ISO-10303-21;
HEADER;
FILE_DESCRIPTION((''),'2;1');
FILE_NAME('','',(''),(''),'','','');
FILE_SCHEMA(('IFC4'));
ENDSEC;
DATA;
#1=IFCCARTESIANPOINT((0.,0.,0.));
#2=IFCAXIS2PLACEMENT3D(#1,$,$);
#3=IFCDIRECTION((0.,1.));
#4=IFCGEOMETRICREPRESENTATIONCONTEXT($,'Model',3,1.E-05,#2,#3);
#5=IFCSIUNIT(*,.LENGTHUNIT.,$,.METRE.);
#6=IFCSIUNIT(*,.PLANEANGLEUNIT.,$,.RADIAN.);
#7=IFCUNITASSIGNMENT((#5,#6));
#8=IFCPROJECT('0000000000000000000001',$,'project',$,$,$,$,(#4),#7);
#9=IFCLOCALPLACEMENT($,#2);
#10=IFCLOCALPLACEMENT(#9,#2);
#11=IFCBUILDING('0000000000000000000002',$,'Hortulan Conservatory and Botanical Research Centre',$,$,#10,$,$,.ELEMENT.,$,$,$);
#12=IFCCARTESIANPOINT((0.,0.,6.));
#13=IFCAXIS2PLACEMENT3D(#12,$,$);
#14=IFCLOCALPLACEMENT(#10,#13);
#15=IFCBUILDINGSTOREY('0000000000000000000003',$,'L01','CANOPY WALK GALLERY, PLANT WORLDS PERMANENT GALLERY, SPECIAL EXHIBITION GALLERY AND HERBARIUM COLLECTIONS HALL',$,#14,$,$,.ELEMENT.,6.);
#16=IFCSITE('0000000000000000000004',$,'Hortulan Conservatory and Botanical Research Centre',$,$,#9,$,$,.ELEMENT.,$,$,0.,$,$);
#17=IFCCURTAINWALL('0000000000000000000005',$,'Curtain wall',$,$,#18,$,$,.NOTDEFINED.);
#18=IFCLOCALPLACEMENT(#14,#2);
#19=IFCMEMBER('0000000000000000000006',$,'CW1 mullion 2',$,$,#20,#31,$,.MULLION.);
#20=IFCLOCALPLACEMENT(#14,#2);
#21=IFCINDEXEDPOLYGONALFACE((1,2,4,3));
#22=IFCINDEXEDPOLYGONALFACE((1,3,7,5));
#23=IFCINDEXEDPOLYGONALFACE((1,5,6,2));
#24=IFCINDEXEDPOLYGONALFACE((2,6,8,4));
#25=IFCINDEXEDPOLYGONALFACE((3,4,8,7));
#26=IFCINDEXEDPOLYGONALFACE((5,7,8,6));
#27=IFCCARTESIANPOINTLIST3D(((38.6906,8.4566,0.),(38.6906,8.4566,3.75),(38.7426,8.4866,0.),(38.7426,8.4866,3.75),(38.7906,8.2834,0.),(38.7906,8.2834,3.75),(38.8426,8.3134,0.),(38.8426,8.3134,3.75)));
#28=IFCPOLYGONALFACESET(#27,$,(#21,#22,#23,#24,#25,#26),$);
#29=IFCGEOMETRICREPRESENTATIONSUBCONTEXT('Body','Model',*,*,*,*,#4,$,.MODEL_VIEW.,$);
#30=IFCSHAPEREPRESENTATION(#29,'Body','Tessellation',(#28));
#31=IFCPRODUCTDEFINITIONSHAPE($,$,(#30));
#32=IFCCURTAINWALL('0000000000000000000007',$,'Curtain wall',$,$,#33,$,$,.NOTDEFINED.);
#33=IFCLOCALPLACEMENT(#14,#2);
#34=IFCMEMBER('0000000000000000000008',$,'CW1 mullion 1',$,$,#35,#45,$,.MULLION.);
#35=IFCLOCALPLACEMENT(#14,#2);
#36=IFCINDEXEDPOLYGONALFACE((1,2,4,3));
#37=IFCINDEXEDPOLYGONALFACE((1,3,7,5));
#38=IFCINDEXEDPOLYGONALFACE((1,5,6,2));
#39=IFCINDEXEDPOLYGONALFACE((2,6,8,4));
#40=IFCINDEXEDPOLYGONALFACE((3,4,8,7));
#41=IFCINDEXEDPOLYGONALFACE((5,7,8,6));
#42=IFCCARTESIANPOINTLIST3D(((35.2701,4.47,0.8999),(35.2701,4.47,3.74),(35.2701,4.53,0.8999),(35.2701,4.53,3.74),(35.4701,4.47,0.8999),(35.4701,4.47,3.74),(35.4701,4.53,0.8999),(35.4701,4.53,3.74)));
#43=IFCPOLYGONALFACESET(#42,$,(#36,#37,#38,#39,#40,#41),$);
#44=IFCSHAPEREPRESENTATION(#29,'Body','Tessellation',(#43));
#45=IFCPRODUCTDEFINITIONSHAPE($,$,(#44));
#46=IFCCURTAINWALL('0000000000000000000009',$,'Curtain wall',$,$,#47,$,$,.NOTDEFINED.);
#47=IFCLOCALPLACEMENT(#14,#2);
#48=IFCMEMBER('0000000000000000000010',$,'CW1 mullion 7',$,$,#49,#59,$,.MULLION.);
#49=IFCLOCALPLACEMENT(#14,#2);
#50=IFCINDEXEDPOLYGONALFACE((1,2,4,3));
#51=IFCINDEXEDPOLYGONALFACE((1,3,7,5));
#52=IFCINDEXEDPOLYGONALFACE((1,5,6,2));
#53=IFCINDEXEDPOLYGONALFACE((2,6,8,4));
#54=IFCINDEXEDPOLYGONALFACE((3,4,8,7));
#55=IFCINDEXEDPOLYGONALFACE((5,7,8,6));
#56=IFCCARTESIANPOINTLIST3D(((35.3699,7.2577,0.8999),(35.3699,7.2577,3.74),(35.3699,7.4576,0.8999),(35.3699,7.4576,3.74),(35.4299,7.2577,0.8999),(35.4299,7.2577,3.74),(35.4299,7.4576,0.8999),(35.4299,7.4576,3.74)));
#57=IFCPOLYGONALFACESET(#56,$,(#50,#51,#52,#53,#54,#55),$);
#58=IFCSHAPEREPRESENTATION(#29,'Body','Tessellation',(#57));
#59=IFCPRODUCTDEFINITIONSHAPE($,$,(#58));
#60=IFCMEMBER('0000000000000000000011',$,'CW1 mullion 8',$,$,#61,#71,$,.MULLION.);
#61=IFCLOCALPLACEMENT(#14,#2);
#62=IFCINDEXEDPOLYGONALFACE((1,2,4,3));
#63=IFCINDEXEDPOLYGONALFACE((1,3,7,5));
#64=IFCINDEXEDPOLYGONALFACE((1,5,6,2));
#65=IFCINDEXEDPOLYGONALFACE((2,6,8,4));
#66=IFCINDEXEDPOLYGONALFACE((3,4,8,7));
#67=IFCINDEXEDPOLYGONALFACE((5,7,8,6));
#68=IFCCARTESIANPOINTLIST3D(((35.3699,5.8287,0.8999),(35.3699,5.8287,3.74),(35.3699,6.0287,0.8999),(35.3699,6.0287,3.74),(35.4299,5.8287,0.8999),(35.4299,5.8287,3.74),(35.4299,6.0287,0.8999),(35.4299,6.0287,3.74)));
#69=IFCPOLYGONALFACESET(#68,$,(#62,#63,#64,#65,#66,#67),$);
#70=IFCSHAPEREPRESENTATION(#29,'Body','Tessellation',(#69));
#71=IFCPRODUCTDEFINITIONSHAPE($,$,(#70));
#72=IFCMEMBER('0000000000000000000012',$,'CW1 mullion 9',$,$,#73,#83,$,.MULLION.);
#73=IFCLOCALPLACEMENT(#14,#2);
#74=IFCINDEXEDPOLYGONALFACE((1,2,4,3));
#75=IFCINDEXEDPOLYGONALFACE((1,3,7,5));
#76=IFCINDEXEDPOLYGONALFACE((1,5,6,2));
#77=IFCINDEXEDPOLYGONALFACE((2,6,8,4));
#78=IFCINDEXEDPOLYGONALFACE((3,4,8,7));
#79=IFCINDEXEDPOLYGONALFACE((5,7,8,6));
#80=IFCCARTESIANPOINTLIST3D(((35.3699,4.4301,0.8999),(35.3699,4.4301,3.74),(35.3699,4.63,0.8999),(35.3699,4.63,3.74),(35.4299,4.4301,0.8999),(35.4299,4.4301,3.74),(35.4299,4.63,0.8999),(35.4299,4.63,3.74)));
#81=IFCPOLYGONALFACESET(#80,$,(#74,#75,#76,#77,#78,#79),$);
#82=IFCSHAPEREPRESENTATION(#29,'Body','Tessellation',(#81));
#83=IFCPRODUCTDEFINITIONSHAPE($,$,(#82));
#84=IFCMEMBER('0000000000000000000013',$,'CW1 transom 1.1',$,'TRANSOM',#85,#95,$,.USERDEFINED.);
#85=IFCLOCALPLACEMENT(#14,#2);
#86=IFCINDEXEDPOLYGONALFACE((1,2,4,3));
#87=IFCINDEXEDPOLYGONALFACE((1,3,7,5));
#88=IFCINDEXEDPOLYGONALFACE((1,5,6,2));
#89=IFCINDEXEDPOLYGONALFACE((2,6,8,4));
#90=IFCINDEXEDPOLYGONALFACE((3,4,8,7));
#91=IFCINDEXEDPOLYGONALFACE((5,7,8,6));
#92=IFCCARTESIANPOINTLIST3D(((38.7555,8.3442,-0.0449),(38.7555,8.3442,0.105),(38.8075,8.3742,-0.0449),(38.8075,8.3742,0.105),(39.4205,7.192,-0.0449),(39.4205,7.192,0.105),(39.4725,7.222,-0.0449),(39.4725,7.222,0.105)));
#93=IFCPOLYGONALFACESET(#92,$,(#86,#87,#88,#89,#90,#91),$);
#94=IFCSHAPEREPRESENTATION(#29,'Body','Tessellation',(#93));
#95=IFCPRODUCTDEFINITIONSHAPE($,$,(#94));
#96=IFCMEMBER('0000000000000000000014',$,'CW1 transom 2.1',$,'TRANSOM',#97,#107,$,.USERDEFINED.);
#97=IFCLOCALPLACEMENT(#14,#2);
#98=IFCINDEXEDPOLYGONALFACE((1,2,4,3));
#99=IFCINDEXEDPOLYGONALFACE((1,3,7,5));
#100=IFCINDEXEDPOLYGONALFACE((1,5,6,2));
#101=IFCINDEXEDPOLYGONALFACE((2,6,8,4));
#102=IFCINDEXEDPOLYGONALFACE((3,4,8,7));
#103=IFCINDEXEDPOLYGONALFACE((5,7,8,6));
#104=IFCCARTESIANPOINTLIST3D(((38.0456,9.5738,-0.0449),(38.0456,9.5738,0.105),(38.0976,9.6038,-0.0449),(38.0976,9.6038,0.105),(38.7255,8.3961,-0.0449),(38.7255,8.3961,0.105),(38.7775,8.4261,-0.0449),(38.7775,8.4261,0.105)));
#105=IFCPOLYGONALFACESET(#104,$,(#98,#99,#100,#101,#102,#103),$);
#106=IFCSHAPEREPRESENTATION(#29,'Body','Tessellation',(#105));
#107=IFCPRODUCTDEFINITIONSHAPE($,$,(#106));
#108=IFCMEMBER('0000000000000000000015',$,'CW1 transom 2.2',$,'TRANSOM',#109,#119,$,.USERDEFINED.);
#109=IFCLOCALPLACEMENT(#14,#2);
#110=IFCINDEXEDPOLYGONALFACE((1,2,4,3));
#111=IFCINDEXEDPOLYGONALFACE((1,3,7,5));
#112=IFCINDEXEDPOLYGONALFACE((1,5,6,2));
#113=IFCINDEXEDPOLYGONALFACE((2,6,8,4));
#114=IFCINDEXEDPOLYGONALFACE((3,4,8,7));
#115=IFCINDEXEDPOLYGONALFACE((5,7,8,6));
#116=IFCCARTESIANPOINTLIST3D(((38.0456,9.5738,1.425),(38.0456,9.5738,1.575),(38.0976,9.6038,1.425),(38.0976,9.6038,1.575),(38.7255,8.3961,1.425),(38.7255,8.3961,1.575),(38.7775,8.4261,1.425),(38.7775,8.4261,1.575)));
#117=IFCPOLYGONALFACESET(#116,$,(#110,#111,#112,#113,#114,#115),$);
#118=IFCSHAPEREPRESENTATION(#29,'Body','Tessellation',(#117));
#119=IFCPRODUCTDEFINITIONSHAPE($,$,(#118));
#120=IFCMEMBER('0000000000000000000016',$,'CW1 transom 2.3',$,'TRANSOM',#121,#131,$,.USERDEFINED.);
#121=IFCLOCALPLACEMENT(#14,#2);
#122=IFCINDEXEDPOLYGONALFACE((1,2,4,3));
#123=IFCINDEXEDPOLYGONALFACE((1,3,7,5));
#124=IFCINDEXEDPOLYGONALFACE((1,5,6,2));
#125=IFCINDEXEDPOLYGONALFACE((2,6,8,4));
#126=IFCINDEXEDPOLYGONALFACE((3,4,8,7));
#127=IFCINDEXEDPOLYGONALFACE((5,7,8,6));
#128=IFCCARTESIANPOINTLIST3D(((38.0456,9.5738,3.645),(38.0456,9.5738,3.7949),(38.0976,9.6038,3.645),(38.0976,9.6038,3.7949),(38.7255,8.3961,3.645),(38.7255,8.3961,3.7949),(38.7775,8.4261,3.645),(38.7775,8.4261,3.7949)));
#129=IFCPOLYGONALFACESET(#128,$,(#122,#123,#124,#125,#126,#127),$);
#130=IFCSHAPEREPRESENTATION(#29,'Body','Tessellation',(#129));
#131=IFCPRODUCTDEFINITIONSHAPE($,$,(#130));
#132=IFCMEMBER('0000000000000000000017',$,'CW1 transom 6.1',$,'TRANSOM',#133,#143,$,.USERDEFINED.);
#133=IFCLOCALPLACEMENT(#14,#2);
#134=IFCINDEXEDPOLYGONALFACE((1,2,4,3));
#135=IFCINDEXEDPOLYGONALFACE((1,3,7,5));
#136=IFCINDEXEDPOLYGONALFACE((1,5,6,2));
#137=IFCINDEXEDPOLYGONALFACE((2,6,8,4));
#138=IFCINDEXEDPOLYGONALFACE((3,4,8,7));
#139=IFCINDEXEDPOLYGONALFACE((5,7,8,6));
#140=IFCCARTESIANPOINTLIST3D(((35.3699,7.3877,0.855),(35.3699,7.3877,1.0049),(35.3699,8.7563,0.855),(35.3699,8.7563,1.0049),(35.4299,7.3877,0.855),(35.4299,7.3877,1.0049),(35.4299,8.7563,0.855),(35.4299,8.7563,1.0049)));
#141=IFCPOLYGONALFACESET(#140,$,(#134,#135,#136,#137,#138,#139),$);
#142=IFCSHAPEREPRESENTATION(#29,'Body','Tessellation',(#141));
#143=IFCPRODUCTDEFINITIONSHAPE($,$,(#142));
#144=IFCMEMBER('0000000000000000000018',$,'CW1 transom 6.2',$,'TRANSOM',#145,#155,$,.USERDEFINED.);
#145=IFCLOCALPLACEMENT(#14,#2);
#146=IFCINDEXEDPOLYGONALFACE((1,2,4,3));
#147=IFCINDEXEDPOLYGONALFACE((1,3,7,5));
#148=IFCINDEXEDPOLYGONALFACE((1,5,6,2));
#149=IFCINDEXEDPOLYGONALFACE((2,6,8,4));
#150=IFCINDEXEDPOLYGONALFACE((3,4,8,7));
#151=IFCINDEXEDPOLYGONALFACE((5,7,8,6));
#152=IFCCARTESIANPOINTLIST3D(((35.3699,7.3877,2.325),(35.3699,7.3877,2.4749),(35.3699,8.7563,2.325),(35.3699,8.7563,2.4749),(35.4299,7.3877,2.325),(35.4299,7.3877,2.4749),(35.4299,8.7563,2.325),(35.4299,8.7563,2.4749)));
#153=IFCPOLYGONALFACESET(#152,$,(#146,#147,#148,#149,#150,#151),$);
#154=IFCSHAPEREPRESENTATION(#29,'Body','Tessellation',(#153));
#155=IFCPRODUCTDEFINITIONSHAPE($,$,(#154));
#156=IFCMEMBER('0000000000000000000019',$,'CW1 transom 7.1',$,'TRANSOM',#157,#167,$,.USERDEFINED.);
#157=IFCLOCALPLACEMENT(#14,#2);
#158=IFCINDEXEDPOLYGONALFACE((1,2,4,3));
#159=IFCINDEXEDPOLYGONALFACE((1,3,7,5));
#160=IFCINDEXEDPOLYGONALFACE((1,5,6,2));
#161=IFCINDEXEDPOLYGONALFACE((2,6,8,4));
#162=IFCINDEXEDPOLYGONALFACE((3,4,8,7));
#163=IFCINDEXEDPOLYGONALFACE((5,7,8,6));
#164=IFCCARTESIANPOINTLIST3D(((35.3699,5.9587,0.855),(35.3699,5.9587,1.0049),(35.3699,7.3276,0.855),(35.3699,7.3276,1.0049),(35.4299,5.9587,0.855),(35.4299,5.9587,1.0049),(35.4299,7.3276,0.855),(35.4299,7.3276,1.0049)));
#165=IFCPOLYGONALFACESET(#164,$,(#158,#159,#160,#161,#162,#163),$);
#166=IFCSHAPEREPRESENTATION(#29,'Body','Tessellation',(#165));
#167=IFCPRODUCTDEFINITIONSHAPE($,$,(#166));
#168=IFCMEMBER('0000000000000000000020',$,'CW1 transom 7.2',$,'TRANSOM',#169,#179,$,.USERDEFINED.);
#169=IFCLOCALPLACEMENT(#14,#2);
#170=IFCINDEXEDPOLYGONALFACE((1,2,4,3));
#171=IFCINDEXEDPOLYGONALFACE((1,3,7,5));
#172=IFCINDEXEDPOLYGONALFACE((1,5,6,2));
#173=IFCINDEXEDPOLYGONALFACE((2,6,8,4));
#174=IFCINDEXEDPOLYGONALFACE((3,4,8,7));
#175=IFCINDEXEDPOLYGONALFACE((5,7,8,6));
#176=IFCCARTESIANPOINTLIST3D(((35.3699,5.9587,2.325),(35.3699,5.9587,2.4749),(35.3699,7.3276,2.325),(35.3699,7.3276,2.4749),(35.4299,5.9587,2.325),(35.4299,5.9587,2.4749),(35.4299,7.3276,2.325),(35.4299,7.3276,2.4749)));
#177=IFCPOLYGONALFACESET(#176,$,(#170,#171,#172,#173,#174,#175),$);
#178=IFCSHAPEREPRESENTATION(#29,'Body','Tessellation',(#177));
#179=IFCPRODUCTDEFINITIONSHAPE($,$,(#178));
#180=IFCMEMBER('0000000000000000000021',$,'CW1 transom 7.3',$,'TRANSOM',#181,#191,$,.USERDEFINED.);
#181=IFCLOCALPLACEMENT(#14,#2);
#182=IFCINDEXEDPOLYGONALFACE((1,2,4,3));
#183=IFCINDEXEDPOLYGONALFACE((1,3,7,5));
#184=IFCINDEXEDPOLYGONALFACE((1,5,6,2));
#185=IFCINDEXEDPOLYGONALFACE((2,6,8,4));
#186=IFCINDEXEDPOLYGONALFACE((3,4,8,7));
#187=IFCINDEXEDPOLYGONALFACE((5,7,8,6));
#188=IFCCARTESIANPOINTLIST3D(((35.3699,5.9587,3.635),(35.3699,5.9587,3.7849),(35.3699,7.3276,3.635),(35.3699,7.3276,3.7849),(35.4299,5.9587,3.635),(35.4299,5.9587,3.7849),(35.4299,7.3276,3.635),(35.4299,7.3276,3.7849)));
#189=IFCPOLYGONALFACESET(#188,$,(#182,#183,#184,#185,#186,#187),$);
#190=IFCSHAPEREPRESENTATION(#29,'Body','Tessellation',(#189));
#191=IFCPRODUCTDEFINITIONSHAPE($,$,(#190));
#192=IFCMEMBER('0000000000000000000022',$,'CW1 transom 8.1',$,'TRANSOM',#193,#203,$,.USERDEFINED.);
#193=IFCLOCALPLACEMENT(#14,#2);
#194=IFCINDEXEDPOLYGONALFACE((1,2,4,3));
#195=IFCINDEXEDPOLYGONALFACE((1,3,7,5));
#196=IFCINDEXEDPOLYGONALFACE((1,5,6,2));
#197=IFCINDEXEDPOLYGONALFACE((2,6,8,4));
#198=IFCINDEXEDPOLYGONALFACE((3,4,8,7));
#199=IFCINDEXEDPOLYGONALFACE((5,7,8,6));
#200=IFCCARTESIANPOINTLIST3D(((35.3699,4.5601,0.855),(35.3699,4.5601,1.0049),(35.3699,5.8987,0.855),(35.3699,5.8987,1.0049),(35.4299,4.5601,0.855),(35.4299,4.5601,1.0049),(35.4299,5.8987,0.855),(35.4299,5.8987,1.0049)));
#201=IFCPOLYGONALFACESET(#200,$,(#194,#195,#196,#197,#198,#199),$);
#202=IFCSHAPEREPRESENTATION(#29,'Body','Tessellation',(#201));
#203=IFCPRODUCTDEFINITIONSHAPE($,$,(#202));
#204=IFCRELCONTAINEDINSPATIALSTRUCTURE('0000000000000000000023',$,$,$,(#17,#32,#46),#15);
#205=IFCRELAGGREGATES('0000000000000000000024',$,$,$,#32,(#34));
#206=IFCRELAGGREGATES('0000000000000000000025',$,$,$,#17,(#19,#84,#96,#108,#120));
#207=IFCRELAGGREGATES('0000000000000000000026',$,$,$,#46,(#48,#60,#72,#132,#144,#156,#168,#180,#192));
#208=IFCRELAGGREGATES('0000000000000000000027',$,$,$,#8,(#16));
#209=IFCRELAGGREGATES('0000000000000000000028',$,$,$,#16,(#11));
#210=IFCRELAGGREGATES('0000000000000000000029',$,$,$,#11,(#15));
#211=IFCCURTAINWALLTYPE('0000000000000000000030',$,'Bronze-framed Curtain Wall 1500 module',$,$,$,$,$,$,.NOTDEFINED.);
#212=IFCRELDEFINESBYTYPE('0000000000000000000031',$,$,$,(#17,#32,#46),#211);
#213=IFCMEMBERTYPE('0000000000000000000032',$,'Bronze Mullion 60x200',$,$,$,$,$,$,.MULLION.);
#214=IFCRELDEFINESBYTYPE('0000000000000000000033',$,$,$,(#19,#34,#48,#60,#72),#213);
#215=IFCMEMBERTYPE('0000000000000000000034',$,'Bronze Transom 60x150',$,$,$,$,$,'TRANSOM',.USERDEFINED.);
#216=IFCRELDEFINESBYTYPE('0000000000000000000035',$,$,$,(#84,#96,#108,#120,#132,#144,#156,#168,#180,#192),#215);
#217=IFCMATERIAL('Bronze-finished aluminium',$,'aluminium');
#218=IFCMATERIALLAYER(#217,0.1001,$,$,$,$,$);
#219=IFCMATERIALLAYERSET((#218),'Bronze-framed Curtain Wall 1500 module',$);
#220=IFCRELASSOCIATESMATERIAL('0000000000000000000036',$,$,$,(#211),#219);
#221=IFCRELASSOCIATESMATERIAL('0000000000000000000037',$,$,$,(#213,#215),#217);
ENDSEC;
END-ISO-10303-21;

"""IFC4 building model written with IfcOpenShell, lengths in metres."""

from ifc_helpers import new_model, si_unit, direction, frame, origin, origin_2d, place, context, subcontext, project, spatial, rectangle, extrude, material, layer, layer_set, material_profile, profile_set, type_object, element, aggregate, save


model = new_model("IFC4")

# Units and contexts
model_context = context("Model", 3, precision=1e-05, world=origin(), true_north=direction((0.0, 1.0)))
body_context = subcontext(model_context, "Body", "Model", "MODEL_VIEW")
ifc_project = project(units=[si_unit("LENGTHUNIT", "METRE"), si_unit("PLANEANGLEUNIT", "RADIAN")], contexts=[model_context])

# Site, building, storey
site_placement = place(None, origin())
site = spatial("IfcSite", under=ifc_project, at=site_placement, Name="Hortulan Conservatory and Botanical Research Centre", CompositionType="ELEMENT", RefElevation=0.0)
building_placement = place(site_placement, origin())
building = spatial("IfcBuilding", under=site, at=building_placement, Name="Hortulan Conservatory and Botanical Research Centre", CompositionType="ELEMENT")
storey_placement = place(building_placement, frame((0.0, 0.0, 6.0)))
storey = spatial("IfcBuildingStorey", under=building, at=storey_placement, Name="L01", Description="CANOPY WALK GALLERY, PLANT WORLDS PERMANENT GALLERY, SPECIAL EXHIBITION GALLERY AND HERBARIUM COLLECTIONS HALL", CompositionType="ELEMENT", Elevation=6.0)

# Curtain walls, members
ifc_material_1 = material(Name="Bronze-finished aluminium", Category="aluminium")
ifc_layer_1 = layer(ifc_material_1, 0.1001)
ifc_layer_set_1 = layer_set([ifc_layer_1], Name="Bronze-framed Curtain Wall 1500 module")
curtain_wall_type = type_object("IfcCurtainWallType", Name="Bronze-framed Curtain Wall 1500 module", PredefinedType="NOTDEFINED", material=ifc_layer_set_1)
curtain_wall_1_placement = place(storey_placement, origin())
curtain_wall_1 = element("IfcCurtainWall", 1, at=curtain_wall_1_placement, inside=storey, type_object=curtain_wall_type, Name="Curtain wall", PredefinedType="NOTDEFINED")
ifc_material_profile_1 = material_profile(ifc_material_1, rectangle(XDim=0.0601, YDim=0.2, at=origin_2d()), Name="Bronze Mullion 60x200")
ifc_profile_set_1 = profile_set([ifc_material_profile_1], Name="Bronze-finished aluminium")
member_type_1 = type_object("IfcMemberType", Name="Bronze Mullion 60x200", PredefinedType="MULLION", material=ifc_profile_set_1)
member_1_placement = place(storey_placement, frame((38.7666, 8.385, 0.0), z_axis=(0.0, 0.0, 1.0), x_axis=(-0.866036, -0.499981, 0.0)))
member_1 = element("IfcMember", 2, at=member_1_placement, type_object=member_type_1, Name="CW1 mullion 2", PredefinedType="MULLION", context=body_context, shape_type="SweptSolid", body=[
    extrude(rectangle(XDim=0.0601, YDim=0.2, at=origin_2d()), origin(), (0.0, 0.0, 1.0), 3.75),
])
curtain_wall_2_placement = place(storey_placement, origin())
curtain_wall_2 = element("IfcCurtainWall", 3, at=curtain_wall_2_placement, inside=storey, type_object=curtain_wall_type, Name="Curtain wall", PredefinedType="NOTDEFINED")
member_2_placement = place(storey_placement, frame((35.3701, 4.5, 0.8999), z_axis=(0.0, 0.0, 1.0), x_axis=(0.0, -1.0, 0.0)))
member_2 = element("IfcMember", 4, at=member_2_placement, type_object=member_type_1, Name="CW1 mullion 1", PredefinedType="MULLION", context=body_context, shape_type="SweptSolid", body=[
    extrude(rectangle(XDim=0.0601, YDim=0.2, at=origin_2d()), origin(), (0.0, 0.0, 1.0), 2.8401),
])
aggregate(curtain_wall_2, [member_2])

# Curtain wall, members
curtain_wall_3_placement = place(storey_placement, origin())
curtain_wall_3 = element("IfcCurtainWall", 5, at=curtain_wall_3_placement, inside=storey, type_object=curtain_wall_type, Name="Curtain wall", PredefinedType="NOTDEFINED")
member_3_placement = place(storey_placement, frame((35.3999, 7.3577, 0.8999), z_axis=(0.0, 0.0, 1.0), x_axis=(1.0, 0.0, 0.0)))
member_3 = element("IfcMember", 6, at=member_3_placement, type_object=member_type_1, Name="CW1 mullion 7", PredefinedType="MULLION", context=body_context, shape_type="SweptSolid", body=[
    extrude(rectangle(XDim=0.0601, YDim=0.2, at=origin_2d()), origin(), (0.0, 0.0, 1.0), 2.8401),
])
member_4_placement = place(storey_placement, frame((35.3999, 5.9287, 0.8999), z_axis=(0.0, 0.0, 1.0), x_axis=(1.0, 0.0, 0.0)))
member_4 = element("IfcMember", 7, at=member_4_placement, type_object=member_type_1, Name="CW1 mullion 8", PredefinedType="MULLION", context=body_context, shape_type="SweptSolid", body=[
    extrude(rectangle(XDim=0.0601, YDim=0.2, at=origin_2d()), origin(), (0.0, 0.0, 1.0), 2.8401),
])
member_5_placement = place(storey_placement, frame((35.3999, 4.53, 0.8999), z_axis=(0.0, 0.0, 1.0), x_axis=(1.0, 0.0, 0.0)))
member_5 = element("IfcMember", 8, at=member_5_placement, type_object=member_type_1, Name="CW1 mullion 9", PredefinedType="MULLION", context=body_context, shape_type="SweptSolid", body=[
    extrude(rectangle(XDim=0.0601, YDim=0.2, at=origin_2d()), origin(), (0.0, 0.0, 1.0), 2.8401),
])

# Members
ifc_material_profile_2 = material_profile(ifc_material_1, rectangle(XDim=0.0601, YDim=0.1499, at=origin_2d()), Name="Bronze Transom 60x150")
ifc_profile_set_2 = profile_set([ifc_material_profile_2], Name="Bronze-finished aluminium")
member_type_2 = type_object("IfcMemberType", Name="Bronze Transom 60x150", ElementType="TRANSOM", PredefinedType="USERDEFINED", material=ifc_profile_set_2)
member_6_placement = place(storey_placement, frame((39.4465, 7.207, 0.03), z_axis=(-0.499929, 0.866066, 0.0), x_axis=(-0.866066, -0.499929, 0.0)))
member_6 = element("IfcMember", 9, at=member_6_placement, type_object=member_type_2, Name="CW1 transom 1.1", ObjectType="TRANSOM", PredefinedType="USERDEFINED", context=body_context, shape_type="SweptSolid", body=[
    extrude(rectangle(XDim=0.0601, YDim=0.1499, at=origin_2d()), origin(), (0.0, 0.0, 1.0), 1.3303),
])
member_7_placement = place(storey_placement, frame((38.7515, 8.4111, 0.03), z_axis=(-0.499981, 0.866036, 0.0), x_axis=(-0.866036, -0.499981, 0.0)))
member_7 = element("IfcMember", 10, at=member_7_placement, type_object=member_type_2, Name="CW1 transom 2.1", ObjectType="TRANSOM", PredefinedType="USERDEFINED", context=body_context, shape_type="SweptSolid", body=[
    extrude(rectangle(XDim=0.0601, YDim=0.1499, at=origin_2d()), origin(), (0.0, 0.0, 1.0), 1.3599),
])
member_8_placement = place(storey_placement, frame((38.7515, 8.4111, 1.5), z_axis=(-0.499981, 0.866036, 0.0), x_axis=(-0.866036, -0.499981, 0.0)))
member_8 = element("IfcMember", 11, at=member_8_placement, type_object=member_type_2, Name="CW1 transom 2.2", ObjectType="TRANSOM", PredefinedType="USERDEFINED", context=body_context, shape_type="SweptSolid", body=[
    extrude(rectangle(XDim=0.0601, YDim=0.1499, at=origin_2d()), origin(), (0.0, 0.0, 1.0), 1.3599),
])
member_9_placement = place(storey_placement, frame((38.7515, 8.4111, 3.72), z_axis=(-0.499981, 0.866036, 0.0), x_axis=(-0.866036, -0.499981, 0.0)))
member_9 = element("IfcMember", 12, at=member_9_placement, type_object=member_type_2, Name="CW1 transom 2.3", ObjectType="TRANSOM", PredefinedType="USERDEFINED", context=body_context, shape_type="SweptSolid", body=[
    extrude(rectangle(XDim=0.0601, YDim=0.1499, at=origin_2d()), origin(), (0.0, 0.0, 1.0), 1.3599),
])
member_10_placement = place(storey_placement, frame((35.3999, 8.7563, 0.9299), z_axis=(0.0, -1.0, 0.0), x_axis=(1.0, 0.0, 0.0)))
member_10 = element("IfcMember", 13, at=member_10_placement, type_object=member_type_2, Name="CW1 transom 6.1", ObjectType="TRANSOM", PredefinedType="USERDEFINED", context=body_context, shape_type="SweptSolid", body=[
    extrude(rectangle(XDim=0.0601, YDim=0.1499, at=origin_2d()), origin(), (0.0, 0.0, 1.0), 1.3687),
])
member_11_placement = place(storey_placement, frame((35.3999, 8.7563, 2.3999), z_axis=(0.0, -1.0, 0.0), x_axis=(1.0, 0.0, 0.0)))
member_11 = element("IfcMember", 14, at=member_11_placement, type_object=member_type_2, Name="CW1 transom 6.2", ObjectType="TRANSOM", PredefinedType="USERDEFINED", context=body_context, shape_type="SweptSolid", body=[
    extrude(rectangle(XDim=0.0601, YDim=0.1499, at=origin_2d()), origin(), (0.0, 0.0, 1.0), 1.3687),
])
member_12_placement = place(storey_placement, frame((35.3999, 7.3276, 0.9299), z_axis=(0.0, -1.0, 0.0), x_axis=(1.0, 0.0, 0.0)))
member_12 = element("IfcMember", 15, at=member_12_placement, type_object=member_type_2, Name="CW1 transom 7.1", ObjectType="TRANSOM", PredefinedType="USERDEFINED", context=body_context, shape_type="SweptSolid", body=[
    extrude(rectangle(XDim=0.0601, YDim=0.1499, at=origin_2d()), origin(), (0.0, 0.0, 1.0), 1.3689),
])
member_13_placement = place(storey_placement, frame((35.3999, 7.3276, 2.3999), z_axis=(0.0, -1.0, 0.0), x_axis=(1.0, 0.0, 0.0)))
member_13 = element("IfcMember", 16, at=member_13_placement, type_object=member_type_2, Name="CW1 transom 7.2", ObjectType="TRANSOM", PredefinedType="USERDEFINED", context=body_context, shape_type="SweptSolid", body=[
    extrude(rectangle(XDim=0.0601, YDim=0.1499, at=origin_2d()), origin(), (0.0, 0.0, 1.0), 1.3689),
])
member_14_placement = place(storey_placement, frame((35.3999, 7.3276, 3.71), z_axis=(0.0, -1.0, 0.0), x_axis=(1.0, 0.0, 0.0)))
member_14 = element("IfcMember", 17, at=member_14_placement, type_object=member_type_2, Name="CW1 transom 7.3", ObjectType="TRANSOM", PredefinedType="USERDEFINED", context=body_context, shape_type="SweptSolid", body=[
    extrude(rectangle(XDim=0.0601, YDim=0.1499, at=origin_2d()), origin(), (0.0, 0.0, 1.0), 1.3689),
])
member_15_placement = place(storey_placement, frame((35.3999, 5.8987, 0.9299), z_axis=(0.0, -1.0, 0.0), x_axis=(1.0, 0.0, 0.0)))
member_15 = element("IfcMember", 18, at=member_15_placement, type_object=member_type_2, Name="CW1 transom 8.1", ObjectType="TRANSOM", PredefinedType="USERDEFINED", context=body_context, shape_type="SweptSolid", body=[
    extrude(rectangle(XDim=0.0601, YDim=0.1499, at=origin_2d()), origin(), (0.0, 0.0, 1.0), 1.3386),
])

aggregate(curtain_wall_1, [member_1, member_6, member_7, member_8, member_9])
aggregate(curtain_wall_3, [member_3, member_4, member_5, member_10, member_11, member_12, member_13, member_14, member_15])

save(model, "model.ifc")
